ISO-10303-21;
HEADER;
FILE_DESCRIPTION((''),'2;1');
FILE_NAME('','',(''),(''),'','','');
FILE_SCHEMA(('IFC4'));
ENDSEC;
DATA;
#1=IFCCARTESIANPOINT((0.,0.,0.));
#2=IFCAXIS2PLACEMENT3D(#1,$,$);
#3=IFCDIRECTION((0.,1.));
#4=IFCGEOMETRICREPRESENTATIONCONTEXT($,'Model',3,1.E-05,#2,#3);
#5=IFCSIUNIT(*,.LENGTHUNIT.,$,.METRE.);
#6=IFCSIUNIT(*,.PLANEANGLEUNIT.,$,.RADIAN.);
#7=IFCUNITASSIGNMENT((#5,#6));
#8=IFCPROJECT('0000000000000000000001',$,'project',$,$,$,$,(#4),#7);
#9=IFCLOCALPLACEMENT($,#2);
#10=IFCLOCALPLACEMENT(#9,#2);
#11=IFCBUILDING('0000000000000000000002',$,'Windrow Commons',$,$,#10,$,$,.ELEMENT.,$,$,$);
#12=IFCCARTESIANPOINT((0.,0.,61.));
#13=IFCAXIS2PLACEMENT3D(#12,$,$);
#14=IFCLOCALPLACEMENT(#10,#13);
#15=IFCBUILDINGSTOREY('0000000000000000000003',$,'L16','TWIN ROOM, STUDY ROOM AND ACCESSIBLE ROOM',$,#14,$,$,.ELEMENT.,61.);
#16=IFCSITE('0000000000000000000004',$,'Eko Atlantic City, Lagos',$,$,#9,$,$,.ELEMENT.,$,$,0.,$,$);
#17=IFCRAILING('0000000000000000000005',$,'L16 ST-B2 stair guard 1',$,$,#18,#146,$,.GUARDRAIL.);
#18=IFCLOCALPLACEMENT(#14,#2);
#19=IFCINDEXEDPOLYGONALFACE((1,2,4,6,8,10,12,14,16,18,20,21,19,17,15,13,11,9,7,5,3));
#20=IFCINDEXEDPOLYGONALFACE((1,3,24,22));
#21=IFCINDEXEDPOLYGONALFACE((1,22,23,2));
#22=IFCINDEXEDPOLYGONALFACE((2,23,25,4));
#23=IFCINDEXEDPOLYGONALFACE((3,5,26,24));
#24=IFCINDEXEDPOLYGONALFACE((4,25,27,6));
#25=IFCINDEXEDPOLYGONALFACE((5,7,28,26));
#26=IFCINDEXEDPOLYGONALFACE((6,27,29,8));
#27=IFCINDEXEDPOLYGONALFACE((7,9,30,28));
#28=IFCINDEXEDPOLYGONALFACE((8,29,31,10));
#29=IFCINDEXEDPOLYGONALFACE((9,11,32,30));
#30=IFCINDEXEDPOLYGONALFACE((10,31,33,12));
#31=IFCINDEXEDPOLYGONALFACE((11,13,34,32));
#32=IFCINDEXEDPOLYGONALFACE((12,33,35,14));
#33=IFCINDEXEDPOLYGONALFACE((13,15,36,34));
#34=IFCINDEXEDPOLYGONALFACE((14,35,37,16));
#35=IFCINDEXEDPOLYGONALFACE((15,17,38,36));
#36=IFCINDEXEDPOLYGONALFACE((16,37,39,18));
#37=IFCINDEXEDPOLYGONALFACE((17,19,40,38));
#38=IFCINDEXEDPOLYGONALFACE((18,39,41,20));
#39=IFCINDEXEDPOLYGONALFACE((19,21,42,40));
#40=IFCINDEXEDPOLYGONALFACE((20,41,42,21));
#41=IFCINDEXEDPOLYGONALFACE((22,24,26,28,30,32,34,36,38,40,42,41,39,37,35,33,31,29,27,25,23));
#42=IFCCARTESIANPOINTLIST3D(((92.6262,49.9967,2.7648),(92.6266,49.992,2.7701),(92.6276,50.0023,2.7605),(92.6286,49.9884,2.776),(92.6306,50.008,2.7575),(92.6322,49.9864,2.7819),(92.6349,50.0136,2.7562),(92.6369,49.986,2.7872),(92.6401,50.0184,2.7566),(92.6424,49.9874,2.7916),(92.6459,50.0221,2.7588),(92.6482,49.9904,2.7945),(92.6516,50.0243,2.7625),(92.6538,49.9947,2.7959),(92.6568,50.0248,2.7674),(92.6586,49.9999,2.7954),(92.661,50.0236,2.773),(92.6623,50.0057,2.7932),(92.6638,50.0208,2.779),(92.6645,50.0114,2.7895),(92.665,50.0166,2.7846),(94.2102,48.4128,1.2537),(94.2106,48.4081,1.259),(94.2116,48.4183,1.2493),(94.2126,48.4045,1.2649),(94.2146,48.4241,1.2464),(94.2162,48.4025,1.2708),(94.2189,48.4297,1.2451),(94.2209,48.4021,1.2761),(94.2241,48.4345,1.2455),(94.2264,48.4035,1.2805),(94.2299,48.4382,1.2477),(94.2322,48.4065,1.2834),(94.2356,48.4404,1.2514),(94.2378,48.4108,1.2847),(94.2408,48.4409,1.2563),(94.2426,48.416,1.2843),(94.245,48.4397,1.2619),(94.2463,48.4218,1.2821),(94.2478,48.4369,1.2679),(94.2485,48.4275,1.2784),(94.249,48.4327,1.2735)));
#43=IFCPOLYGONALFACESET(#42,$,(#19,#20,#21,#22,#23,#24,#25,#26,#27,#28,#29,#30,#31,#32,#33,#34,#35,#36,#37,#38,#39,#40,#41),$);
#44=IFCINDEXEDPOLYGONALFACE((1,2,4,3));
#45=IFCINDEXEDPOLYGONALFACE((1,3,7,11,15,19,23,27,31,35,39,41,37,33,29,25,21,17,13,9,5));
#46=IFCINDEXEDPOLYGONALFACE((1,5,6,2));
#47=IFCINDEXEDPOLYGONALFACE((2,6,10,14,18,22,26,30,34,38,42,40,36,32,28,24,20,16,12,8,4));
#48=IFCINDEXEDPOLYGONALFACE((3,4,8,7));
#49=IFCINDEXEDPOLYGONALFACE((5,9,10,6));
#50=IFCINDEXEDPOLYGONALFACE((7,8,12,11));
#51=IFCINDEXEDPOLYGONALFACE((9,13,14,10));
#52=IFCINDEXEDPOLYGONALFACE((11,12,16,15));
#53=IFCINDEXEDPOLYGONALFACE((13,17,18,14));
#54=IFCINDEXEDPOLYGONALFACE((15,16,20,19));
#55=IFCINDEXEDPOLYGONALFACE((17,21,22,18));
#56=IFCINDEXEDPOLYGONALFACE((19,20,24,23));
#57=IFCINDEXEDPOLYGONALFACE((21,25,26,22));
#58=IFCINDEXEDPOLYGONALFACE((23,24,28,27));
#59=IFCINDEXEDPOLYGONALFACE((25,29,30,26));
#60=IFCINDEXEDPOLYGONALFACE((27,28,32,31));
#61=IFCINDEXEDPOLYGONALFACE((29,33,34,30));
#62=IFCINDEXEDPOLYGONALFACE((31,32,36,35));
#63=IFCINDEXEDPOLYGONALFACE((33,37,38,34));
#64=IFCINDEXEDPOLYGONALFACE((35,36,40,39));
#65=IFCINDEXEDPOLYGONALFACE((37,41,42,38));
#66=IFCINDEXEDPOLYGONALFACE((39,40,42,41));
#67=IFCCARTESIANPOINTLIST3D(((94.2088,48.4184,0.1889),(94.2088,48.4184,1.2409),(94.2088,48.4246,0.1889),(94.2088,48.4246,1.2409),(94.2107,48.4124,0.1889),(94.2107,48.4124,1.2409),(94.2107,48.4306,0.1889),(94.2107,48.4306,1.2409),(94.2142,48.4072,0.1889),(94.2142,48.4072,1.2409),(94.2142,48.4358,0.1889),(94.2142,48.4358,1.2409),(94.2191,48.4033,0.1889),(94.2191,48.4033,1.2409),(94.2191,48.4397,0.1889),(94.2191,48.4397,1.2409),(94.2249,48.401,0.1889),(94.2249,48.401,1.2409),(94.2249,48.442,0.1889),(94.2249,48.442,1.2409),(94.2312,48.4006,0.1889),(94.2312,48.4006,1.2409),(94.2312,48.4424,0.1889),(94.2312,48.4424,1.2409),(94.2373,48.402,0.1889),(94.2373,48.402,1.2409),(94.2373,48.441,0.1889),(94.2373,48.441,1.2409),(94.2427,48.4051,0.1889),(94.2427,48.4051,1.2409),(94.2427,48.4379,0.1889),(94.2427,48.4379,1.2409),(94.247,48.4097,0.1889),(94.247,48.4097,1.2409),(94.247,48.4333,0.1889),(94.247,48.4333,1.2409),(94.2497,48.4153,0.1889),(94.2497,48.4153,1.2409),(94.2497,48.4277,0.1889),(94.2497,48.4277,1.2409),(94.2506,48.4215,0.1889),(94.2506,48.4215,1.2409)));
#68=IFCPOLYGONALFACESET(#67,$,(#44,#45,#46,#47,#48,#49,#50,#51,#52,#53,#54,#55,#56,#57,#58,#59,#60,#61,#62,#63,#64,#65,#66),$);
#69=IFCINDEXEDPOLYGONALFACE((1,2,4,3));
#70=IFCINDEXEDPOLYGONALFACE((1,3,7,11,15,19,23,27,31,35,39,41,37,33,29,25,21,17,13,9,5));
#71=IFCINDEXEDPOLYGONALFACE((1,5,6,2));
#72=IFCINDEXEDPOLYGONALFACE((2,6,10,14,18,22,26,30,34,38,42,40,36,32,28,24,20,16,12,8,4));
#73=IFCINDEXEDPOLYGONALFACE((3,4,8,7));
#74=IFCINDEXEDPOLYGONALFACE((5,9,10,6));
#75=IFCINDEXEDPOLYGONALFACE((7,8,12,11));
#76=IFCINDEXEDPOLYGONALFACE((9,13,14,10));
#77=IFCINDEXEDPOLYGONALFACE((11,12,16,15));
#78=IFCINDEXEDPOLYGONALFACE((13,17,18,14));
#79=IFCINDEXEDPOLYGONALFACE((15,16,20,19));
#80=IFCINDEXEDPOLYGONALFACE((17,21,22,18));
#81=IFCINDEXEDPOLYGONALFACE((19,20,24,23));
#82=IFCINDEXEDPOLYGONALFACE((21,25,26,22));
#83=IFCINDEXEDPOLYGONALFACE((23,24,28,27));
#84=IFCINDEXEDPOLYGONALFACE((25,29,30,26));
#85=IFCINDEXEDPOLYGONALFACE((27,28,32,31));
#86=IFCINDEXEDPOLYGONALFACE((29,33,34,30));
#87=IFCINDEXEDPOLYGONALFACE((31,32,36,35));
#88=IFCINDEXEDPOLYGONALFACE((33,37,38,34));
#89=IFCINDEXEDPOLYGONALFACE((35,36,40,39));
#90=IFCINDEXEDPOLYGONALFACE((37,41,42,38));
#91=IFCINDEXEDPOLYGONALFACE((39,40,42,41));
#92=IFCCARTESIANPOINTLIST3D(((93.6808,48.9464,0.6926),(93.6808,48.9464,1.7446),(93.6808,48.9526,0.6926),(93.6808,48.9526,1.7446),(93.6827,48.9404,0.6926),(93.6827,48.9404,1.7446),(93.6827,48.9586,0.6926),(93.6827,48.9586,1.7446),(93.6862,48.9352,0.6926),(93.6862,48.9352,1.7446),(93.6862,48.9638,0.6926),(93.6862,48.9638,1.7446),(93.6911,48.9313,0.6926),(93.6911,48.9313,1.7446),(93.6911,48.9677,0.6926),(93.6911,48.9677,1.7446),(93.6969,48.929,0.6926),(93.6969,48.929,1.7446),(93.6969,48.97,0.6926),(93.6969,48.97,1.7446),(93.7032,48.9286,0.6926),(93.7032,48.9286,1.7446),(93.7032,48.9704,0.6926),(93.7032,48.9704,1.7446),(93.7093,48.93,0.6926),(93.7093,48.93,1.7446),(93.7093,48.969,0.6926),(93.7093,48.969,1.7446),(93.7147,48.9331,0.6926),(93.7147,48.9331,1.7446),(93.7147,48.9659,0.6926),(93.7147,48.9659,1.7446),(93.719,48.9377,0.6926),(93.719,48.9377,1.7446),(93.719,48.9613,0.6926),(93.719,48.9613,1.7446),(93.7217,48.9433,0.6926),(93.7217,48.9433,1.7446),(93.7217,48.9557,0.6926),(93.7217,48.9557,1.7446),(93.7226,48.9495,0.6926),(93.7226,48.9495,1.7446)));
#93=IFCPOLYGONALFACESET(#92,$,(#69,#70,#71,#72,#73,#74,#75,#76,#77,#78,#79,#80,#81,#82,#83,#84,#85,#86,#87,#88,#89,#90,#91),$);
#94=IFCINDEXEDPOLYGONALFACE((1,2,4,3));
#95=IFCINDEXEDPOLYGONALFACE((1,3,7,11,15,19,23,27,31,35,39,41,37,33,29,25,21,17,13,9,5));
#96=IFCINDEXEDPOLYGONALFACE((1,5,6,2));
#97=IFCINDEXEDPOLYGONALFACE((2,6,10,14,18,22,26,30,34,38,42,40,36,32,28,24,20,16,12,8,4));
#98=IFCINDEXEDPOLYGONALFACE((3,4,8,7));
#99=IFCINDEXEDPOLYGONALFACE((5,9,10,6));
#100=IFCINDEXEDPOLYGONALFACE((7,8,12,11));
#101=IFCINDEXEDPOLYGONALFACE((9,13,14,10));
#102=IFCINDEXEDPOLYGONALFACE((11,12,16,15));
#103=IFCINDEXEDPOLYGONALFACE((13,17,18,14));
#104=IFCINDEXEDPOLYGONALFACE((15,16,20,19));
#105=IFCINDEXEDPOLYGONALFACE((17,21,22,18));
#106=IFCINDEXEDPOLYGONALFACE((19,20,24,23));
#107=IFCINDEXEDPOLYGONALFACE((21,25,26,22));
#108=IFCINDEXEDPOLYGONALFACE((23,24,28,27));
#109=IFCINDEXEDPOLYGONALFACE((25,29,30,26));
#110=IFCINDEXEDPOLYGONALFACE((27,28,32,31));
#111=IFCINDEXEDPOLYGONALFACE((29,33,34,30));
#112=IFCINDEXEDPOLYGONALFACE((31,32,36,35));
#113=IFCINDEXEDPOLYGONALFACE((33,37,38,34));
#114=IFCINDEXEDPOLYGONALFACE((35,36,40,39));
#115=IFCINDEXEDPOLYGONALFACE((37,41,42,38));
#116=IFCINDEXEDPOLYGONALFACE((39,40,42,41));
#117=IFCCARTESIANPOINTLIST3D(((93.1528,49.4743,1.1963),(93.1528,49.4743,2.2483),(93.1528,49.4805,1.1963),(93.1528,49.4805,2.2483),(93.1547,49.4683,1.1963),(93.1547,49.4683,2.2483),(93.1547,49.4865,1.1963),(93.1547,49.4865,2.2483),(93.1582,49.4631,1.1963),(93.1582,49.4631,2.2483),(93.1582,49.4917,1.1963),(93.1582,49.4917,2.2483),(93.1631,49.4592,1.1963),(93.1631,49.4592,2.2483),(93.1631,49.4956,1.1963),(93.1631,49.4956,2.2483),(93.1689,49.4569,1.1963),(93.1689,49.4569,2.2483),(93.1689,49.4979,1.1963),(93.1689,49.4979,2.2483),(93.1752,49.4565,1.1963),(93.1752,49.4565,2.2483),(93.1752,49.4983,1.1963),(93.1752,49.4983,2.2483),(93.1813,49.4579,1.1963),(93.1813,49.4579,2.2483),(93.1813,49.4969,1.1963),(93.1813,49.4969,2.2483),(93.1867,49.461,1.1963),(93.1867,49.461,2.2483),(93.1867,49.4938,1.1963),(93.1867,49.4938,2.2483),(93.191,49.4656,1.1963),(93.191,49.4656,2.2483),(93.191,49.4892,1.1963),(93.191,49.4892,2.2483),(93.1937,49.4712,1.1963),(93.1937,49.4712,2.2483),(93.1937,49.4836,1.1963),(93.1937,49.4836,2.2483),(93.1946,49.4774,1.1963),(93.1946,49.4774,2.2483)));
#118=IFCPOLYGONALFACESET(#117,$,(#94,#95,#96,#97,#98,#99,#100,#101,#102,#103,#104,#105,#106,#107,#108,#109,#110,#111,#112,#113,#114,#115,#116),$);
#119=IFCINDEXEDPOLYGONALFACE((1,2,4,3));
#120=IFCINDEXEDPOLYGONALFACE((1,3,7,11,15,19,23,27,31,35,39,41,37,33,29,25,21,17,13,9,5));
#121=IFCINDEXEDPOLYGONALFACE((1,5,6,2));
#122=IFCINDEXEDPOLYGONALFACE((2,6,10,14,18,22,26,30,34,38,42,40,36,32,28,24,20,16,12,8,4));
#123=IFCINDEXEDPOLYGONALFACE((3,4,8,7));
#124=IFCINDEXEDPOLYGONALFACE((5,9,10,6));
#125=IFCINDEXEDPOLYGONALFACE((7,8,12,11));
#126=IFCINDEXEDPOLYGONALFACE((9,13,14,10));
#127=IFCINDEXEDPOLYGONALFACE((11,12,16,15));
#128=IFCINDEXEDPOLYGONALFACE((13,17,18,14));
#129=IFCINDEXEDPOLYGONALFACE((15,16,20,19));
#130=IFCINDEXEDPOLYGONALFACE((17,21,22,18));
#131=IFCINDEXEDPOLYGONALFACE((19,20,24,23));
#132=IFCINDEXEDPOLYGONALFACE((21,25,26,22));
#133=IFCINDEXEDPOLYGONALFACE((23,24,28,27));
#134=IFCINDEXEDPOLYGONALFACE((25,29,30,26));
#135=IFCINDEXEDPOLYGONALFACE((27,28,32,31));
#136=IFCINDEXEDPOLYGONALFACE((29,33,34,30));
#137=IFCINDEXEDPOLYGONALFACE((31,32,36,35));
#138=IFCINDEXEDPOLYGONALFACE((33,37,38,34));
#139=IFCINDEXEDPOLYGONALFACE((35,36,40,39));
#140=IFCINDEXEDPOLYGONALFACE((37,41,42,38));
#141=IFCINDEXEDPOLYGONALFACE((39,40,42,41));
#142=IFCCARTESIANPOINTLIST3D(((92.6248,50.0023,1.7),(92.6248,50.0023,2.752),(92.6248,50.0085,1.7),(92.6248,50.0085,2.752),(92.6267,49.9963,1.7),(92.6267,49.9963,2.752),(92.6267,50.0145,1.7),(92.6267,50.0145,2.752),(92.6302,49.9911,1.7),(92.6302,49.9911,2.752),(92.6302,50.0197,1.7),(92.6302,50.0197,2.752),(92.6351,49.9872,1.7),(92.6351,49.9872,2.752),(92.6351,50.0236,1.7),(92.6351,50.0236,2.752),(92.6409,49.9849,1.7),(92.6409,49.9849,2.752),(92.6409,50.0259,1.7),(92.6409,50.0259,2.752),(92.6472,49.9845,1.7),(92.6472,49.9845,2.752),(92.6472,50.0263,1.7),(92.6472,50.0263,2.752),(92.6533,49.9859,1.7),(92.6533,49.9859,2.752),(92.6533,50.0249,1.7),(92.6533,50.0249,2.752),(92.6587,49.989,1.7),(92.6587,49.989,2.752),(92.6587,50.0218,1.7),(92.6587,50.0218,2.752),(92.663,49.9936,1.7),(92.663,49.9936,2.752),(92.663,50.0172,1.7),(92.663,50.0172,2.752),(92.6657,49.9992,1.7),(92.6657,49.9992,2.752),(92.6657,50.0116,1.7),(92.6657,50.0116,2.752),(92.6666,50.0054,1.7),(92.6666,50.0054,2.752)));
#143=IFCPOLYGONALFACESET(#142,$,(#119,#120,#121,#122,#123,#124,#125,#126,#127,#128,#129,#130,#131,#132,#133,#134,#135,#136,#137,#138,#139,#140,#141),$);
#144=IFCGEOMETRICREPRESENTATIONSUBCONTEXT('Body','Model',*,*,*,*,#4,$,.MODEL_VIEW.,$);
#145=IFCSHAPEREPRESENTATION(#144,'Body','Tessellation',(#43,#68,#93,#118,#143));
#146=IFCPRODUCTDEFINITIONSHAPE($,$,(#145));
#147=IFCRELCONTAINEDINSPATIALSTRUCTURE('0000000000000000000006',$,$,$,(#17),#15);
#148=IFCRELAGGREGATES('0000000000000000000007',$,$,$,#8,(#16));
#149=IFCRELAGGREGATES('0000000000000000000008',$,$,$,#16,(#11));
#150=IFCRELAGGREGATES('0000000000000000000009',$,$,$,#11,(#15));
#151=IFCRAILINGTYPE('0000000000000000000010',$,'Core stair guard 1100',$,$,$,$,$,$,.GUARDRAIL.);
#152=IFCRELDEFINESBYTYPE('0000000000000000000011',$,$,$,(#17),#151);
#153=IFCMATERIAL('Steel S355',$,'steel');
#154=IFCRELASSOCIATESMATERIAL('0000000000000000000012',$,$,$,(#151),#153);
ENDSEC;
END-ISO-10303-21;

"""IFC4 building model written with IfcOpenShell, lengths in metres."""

from ifc_helpers import new_model, si_unit, direction, frame, origin, origin_2d, place, context, subcontext, project, spatial, circle, extrude, material, type_object, element, save


model = new_model("IFC4")

# Units and contexts
model_context = context("Model", 3, precision=1e-05, world=origin(), true_north=direction((0.0, 1.0)))
body_context = subcontext(model_context, "Body", "Model", "MODEL_VIEW")
ifc_project = project(units=[si_unit("LENGTHUNIT", "METRE"), si_unit("PLANEANGLEUNIT", "RADIAN")], contexts=[model_context])

# Site, building, storey
site_placement = place(None, origin())
site = spatial("IfcSite", under=ifc_project, at=site_placement, Name="Eko Atlantic City, Lagos", CompositionType="ELEMENT", RefElevation=0.0)
building_placement = place(site_placement, origin())
building = spatial("IfcBuilding", under=site, at=building_placement, Name="Windrow Commons", CompositionType="ELEMENT")
storey_placement = place(building_placement, frame((0.0, 0.0, 61.0)))
storey = spatial("IfcBuildingStorey", under=building, at=storey_placement, Name="L16", Description="TWIN ROOM, STUDY ROOM AND ACCESSIBLE ROOM", CompositionType="ELEMENT", Elevation=61.0)

# Railing
ifc_material_1 = material(Name="Steel S355", Category="steel")
railing_type = type_object("IfcRailingType", Name="Core stair guard 1100", PredefinedType="GUARDRAIL", material=ifc_material_1)
railing_placement = place(storey_placement, frame((94.2296, 48.4215, 0.1889)))
element("IfcRailing", 1, at=railing_placement, inside=storey, type_object=railing_type, Name="L16 ST-B2 stair guard 1", PredefinedType="GUARDRAIL", context=body_context, shape_type="SweptSolid", body=[
    extrude(circle(Radius=0.024, at=origin_2d()), frame((0.0, 0.0, 1.076), z_axis=(-0.586216, 0.586179, 0.559237), x_axis=(-0.707084, -0.707129, 0.0)), (0.0, 0.0, 1.0), 2.7021),
    extrude(circle(Radius=0.021, at=origin_2d()), origin(), (0.0, 0.0, 1.0), 1.052),
    extrude(circle(Radius=0.021, at=origin_2d()), frame((-0.528, 0.528, 0.5037)), (0.0, 0.0, 1.0), 1.052),
    extrude(circle(Radius=0.021, at=origin_2d()), frame((-1.056, 1.0559, 1.0074)), (0.0, 0.0, 1.0), 1.052),
    extrude(circle(Radius=0.021, at=origin_2d()), frame((-1.584, 1.5839, 1.5111)), (0.0, 0.0, 1.0), 1.052),
])

save(model, "model.ifc")
